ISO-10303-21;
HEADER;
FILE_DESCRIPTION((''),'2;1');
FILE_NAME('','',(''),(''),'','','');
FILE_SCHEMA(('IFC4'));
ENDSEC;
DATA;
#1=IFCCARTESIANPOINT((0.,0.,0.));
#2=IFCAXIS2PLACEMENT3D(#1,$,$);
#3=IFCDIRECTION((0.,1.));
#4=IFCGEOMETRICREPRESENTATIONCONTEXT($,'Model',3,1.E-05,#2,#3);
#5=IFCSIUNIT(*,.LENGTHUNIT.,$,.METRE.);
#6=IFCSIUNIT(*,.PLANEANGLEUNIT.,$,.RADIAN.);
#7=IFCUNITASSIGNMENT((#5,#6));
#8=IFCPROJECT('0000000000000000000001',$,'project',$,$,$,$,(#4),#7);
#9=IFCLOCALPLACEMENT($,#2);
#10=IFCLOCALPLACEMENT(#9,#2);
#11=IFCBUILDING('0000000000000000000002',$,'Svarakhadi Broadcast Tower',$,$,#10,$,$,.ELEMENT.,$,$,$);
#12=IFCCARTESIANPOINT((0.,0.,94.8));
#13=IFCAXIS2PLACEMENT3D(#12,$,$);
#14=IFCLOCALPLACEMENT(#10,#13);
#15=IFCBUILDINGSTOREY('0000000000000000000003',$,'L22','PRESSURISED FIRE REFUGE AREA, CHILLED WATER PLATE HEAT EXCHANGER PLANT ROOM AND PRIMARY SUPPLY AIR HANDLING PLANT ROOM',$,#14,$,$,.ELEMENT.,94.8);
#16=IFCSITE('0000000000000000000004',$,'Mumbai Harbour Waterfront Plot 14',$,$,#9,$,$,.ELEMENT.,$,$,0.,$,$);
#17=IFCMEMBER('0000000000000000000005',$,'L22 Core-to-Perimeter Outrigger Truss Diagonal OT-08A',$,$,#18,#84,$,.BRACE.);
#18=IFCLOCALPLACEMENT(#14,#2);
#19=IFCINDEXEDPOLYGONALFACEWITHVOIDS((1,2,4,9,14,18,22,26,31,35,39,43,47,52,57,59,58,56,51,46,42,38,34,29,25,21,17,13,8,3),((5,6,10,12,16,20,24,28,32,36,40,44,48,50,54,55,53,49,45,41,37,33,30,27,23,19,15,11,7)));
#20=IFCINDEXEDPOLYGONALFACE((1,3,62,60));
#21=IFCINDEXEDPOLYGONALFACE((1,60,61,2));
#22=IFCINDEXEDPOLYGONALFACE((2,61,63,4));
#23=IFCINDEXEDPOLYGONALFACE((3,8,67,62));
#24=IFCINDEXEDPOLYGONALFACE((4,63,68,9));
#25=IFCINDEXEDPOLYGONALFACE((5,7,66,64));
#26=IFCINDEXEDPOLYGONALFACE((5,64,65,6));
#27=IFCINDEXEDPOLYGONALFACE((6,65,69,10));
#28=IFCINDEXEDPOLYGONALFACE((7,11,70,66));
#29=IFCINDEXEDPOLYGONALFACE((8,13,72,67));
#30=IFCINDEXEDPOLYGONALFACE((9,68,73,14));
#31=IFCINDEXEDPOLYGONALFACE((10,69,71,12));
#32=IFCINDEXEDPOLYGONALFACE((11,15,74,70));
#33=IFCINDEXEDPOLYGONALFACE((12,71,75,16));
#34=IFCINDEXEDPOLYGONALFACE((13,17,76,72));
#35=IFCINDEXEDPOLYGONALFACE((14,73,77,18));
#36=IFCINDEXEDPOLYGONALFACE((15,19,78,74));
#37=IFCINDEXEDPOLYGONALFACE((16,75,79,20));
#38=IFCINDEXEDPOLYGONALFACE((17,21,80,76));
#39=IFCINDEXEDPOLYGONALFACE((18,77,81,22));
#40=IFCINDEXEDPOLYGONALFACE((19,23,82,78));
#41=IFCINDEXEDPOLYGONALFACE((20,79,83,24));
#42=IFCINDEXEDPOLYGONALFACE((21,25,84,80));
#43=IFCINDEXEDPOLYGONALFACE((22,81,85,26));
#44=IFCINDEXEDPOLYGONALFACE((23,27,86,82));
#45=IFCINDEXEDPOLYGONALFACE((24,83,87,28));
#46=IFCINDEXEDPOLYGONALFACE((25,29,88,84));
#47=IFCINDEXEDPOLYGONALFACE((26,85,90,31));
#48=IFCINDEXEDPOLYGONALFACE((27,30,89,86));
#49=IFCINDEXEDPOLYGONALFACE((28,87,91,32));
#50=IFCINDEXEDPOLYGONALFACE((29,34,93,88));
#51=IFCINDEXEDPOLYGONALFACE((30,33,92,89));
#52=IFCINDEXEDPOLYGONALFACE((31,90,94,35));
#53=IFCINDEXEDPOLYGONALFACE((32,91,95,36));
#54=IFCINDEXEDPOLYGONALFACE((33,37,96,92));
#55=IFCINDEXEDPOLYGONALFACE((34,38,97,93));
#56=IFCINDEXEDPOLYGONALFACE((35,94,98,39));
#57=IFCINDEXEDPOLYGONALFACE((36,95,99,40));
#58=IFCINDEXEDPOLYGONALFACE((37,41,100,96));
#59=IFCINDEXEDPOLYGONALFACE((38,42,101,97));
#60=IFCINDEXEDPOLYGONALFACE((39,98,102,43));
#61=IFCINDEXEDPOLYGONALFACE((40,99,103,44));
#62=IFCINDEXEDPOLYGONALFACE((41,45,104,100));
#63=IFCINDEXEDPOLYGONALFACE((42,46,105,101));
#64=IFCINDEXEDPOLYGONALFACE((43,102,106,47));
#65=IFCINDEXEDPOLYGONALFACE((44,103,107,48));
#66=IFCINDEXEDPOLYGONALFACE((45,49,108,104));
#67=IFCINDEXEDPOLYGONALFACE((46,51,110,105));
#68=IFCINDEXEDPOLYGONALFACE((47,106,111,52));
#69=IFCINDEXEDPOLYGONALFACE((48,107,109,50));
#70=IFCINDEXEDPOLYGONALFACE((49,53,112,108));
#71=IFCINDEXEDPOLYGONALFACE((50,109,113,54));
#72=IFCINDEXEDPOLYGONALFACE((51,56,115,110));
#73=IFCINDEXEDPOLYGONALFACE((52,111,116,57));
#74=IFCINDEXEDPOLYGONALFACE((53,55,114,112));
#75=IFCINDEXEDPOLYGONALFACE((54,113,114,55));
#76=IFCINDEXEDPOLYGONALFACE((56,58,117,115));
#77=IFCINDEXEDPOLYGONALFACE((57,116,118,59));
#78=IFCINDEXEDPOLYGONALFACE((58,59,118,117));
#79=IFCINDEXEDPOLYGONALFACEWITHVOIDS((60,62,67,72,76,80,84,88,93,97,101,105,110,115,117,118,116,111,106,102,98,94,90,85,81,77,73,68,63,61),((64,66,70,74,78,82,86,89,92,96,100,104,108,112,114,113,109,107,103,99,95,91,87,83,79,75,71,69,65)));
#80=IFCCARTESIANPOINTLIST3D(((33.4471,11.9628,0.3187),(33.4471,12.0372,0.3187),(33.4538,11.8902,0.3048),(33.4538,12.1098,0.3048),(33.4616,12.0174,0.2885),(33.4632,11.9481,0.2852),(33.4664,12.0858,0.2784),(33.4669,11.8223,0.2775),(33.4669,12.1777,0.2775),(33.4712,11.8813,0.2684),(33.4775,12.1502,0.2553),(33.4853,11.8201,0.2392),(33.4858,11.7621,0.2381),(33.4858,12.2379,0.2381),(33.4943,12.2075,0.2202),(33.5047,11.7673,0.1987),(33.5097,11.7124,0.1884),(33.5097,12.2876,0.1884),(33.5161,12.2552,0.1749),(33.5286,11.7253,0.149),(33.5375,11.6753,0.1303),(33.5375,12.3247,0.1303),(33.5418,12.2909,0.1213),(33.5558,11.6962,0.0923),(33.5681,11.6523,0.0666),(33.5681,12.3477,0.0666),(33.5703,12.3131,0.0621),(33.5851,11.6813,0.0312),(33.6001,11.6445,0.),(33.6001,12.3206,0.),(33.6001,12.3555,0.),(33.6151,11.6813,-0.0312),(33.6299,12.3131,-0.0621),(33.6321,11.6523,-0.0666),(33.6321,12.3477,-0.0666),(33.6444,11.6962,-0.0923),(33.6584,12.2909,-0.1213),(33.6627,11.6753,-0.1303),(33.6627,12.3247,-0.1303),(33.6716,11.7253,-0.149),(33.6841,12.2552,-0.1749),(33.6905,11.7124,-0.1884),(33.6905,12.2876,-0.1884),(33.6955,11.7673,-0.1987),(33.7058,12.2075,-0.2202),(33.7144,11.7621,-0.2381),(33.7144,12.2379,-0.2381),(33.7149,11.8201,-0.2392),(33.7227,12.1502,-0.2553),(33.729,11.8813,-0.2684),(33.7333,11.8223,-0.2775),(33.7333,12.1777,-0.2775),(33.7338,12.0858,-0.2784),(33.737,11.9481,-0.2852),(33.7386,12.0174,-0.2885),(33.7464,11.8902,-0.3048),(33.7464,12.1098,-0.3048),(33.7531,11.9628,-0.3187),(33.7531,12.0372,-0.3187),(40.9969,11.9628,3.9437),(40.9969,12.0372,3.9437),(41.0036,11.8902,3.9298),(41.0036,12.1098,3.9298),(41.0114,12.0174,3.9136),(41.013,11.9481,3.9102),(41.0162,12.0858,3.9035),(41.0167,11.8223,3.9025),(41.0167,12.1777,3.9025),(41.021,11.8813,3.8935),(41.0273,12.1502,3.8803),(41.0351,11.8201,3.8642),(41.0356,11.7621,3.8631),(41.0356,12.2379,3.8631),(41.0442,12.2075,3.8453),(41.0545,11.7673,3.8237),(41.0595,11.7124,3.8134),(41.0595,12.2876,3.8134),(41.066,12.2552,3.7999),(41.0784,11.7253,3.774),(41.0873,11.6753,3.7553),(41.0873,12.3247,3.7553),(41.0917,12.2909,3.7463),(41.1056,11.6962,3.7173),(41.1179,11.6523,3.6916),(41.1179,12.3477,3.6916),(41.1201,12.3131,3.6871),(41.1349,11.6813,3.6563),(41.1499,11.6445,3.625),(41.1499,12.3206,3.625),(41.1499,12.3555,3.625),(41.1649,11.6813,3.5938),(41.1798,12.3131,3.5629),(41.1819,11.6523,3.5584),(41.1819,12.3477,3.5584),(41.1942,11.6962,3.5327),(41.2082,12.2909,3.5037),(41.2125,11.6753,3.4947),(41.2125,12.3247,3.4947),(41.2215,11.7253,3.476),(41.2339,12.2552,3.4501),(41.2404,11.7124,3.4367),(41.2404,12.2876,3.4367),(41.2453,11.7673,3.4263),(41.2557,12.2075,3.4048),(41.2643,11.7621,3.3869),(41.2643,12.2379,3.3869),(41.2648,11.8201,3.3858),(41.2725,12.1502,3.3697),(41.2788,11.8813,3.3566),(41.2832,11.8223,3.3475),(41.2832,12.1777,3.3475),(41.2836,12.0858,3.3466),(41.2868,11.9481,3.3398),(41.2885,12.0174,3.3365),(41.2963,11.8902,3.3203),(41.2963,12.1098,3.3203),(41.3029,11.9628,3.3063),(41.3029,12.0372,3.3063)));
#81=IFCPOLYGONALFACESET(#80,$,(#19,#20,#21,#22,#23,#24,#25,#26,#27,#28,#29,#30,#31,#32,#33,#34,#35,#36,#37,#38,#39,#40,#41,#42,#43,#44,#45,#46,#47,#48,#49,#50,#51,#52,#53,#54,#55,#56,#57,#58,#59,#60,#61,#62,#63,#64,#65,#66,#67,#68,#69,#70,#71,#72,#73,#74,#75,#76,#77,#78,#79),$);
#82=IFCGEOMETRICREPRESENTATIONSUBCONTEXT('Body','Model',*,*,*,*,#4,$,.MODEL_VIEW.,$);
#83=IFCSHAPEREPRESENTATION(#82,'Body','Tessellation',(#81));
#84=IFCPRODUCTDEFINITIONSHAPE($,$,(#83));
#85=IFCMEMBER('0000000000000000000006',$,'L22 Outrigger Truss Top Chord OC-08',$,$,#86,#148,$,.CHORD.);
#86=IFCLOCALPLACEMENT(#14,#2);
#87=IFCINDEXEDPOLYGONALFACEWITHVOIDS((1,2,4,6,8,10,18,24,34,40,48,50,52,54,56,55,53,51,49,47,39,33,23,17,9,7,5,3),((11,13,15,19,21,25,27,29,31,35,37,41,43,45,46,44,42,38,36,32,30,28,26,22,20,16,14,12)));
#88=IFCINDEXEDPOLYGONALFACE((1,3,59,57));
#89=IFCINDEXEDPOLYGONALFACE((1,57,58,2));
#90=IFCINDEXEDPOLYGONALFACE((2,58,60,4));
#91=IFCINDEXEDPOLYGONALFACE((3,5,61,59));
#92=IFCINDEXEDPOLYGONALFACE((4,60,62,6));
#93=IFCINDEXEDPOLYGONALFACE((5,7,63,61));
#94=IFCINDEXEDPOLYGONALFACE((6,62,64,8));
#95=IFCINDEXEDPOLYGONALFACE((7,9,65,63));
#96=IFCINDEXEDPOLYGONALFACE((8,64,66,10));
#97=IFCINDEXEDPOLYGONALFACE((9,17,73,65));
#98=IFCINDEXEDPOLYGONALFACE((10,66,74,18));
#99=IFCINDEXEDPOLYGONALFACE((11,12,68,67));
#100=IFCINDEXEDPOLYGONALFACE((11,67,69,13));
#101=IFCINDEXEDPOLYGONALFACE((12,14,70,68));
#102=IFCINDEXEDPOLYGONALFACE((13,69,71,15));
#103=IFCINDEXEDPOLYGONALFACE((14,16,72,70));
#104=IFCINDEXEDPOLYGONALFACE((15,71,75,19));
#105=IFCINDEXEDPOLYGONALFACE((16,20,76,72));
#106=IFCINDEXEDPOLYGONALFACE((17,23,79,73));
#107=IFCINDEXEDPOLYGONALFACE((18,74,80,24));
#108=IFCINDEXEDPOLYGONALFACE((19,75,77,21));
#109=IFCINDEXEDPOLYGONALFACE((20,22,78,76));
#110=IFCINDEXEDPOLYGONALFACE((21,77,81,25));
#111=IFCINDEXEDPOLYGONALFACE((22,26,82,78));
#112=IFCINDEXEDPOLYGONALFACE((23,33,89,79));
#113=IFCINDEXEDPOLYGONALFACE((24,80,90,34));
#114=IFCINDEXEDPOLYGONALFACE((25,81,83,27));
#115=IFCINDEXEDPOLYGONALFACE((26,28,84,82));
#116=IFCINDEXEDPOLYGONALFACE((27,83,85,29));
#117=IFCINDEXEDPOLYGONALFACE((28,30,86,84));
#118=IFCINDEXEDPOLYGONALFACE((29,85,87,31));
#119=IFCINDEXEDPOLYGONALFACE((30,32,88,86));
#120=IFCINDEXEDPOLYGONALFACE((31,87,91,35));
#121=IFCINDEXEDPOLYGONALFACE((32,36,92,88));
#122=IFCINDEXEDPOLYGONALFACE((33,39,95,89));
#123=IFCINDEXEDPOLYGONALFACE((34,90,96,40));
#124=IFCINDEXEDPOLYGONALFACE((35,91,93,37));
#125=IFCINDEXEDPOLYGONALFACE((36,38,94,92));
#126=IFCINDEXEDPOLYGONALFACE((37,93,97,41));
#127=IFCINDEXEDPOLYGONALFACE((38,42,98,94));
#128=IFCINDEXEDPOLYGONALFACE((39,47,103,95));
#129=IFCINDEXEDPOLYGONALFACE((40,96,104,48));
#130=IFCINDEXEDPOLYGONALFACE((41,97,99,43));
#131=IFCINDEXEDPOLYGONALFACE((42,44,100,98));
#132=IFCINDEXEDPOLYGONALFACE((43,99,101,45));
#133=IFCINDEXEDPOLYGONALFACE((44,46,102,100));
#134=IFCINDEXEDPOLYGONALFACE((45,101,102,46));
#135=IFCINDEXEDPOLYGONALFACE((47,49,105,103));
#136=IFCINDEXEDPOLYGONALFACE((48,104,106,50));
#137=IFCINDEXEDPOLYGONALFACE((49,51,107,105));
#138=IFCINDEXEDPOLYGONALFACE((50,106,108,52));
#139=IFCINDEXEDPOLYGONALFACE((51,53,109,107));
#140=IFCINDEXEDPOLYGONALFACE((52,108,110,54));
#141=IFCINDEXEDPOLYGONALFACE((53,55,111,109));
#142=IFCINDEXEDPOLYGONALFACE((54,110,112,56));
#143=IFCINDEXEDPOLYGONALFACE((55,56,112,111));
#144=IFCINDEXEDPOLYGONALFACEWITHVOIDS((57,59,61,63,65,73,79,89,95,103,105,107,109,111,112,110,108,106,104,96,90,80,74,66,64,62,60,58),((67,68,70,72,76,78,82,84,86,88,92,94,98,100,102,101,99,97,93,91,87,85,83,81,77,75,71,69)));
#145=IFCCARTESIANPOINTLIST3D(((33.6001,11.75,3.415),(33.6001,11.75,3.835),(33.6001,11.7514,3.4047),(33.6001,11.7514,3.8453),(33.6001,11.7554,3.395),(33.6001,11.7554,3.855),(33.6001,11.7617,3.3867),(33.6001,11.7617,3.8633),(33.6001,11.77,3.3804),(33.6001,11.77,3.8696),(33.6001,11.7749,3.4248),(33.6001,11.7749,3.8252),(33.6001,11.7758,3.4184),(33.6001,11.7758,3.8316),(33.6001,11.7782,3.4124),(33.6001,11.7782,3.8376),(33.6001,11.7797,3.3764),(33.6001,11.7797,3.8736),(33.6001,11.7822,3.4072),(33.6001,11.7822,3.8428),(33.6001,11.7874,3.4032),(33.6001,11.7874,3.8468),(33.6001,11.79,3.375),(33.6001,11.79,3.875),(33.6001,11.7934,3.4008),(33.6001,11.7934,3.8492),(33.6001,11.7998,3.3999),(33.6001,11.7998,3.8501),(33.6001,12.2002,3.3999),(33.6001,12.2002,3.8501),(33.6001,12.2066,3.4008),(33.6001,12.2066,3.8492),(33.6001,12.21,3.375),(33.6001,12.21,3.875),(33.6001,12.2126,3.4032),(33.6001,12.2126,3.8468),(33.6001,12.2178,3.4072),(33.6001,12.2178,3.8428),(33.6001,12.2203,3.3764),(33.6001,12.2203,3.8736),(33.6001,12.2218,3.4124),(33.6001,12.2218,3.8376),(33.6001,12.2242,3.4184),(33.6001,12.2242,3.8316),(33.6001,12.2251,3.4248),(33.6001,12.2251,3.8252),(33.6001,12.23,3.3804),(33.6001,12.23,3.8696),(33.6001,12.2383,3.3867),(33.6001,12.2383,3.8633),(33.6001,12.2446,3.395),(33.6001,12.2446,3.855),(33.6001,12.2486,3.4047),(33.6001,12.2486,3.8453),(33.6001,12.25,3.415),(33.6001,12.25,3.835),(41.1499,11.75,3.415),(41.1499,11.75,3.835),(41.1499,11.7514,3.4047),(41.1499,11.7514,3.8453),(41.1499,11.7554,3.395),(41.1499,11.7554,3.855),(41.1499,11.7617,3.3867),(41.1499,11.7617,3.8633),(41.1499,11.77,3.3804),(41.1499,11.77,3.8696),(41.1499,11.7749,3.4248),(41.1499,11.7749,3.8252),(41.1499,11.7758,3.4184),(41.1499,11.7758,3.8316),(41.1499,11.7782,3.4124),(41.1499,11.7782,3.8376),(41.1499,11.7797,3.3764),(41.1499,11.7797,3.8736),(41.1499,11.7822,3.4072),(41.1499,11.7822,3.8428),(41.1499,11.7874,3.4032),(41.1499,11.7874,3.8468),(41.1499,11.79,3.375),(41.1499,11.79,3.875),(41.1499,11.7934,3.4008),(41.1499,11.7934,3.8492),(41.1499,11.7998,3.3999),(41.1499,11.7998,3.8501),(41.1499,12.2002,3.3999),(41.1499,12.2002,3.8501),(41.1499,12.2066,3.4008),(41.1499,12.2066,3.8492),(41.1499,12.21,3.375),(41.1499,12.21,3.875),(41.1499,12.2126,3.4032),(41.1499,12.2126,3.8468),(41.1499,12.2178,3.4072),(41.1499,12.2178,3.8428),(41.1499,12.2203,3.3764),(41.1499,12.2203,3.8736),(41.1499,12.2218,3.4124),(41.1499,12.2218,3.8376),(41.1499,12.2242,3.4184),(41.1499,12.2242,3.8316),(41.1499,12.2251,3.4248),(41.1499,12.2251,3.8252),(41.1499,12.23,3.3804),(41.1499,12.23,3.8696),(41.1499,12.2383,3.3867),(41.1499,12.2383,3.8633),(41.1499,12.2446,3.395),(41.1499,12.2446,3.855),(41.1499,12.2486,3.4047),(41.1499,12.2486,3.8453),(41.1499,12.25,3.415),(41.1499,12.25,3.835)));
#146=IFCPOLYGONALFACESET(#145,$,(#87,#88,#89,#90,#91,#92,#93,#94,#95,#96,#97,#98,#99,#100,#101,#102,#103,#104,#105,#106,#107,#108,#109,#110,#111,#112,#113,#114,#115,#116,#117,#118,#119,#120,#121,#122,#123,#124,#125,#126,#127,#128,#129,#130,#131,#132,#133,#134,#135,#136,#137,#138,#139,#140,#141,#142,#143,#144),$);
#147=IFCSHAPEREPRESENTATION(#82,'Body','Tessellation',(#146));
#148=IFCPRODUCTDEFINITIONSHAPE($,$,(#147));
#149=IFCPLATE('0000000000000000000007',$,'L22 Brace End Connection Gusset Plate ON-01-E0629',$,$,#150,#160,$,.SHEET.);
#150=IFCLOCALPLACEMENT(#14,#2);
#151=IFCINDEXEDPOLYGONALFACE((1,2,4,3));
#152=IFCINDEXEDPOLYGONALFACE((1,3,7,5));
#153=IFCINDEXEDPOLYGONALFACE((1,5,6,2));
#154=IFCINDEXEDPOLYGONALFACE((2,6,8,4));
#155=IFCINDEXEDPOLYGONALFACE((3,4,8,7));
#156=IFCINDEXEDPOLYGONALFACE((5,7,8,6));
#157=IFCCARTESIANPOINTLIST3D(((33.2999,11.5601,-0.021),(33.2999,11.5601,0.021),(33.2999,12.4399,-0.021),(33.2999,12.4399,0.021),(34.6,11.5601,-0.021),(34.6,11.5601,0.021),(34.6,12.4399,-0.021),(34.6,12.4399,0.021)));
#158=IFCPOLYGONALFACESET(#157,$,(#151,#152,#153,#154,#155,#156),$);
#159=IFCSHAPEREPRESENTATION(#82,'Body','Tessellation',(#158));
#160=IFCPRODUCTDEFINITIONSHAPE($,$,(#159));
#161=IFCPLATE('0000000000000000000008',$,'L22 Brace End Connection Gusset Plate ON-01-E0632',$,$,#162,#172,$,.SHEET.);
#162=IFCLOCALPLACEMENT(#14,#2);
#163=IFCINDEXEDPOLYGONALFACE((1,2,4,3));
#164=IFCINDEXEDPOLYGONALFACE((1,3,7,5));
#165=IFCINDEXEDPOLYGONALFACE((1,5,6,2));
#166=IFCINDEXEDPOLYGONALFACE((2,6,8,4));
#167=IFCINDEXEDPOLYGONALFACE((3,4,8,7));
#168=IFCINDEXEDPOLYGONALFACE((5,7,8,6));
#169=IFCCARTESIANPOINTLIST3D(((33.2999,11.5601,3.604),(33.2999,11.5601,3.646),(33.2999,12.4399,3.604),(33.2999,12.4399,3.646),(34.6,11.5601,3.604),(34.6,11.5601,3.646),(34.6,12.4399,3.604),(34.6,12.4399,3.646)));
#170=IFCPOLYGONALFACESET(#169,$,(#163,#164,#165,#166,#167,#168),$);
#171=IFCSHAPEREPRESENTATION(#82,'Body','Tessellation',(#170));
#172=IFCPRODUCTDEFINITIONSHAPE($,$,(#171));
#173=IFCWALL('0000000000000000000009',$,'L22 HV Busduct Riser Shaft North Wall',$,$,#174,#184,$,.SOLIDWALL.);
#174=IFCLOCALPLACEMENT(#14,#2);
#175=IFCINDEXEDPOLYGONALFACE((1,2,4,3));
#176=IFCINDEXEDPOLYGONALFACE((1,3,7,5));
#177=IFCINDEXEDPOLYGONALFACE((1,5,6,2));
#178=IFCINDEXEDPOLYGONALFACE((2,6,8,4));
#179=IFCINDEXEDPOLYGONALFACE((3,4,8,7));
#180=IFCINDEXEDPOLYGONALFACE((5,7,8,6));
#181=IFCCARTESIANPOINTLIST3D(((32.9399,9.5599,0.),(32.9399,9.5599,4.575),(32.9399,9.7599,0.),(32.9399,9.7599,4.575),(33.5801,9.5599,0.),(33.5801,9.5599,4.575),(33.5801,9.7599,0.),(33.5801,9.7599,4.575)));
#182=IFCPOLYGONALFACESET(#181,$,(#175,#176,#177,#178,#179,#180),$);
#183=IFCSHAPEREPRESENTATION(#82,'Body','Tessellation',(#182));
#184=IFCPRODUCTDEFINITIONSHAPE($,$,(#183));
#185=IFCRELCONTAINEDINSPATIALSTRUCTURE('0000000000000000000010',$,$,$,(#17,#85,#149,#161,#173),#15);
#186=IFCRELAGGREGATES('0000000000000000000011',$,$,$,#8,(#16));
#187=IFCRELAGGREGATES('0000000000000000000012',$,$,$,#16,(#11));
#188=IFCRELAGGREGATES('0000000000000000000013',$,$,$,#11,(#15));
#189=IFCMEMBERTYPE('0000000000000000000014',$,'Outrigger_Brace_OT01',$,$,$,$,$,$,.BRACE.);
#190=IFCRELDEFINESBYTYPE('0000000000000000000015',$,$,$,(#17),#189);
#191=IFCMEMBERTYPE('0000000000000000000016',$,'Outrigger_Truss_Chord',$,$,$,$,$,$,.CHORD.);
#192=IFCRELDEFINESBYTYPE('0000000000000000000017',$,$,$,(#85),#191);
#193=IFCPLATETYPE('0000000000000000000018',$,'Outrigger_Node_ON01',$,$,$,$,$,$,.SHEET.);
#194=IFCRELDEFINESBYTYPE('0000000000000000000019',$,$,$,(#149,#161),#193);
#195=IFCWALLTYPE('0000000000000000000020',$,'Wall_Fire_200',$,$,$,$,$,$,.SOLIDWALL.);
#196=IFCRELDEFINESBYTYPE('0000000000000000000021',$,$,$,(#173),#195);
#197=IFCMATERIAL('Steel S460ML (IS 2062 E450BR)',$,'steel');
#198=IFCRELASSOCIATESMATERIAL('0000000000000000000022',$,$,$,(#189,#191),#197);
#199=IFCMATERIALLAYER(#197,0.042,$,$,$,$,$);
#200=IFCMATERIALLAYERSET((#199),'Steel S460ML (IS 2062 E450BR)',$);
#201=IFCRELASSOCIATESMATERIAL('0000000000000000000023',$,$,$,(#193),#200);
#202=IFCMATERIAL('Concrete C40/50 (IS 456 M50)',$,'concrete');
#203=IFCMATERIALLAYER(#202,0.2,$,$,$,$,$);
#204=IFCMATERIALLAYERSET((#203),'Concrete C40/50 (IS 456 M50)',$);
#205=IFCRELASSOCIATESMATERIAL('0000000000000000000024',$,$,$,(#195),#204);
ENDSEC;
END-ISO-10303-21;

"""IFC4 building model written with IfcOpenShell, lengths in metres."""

from ifc_helpers import new_model, si_unit, direction, frame, frame_2d, origin, origin_2d, place, context, subcontext, project, spatial, rectangle, hollow_rectangle, hollow_circle, extrude, material, layer, layer_set, material_profile, profile_set, type_object, element, save


model = new_model("IFC4")

# Units and contexts
model_context = context("Model", 3, precision=1e-05, world=origin(), true_north=direction((0.0, 1.0)))
body_context = subcontext(model_context, "Body", "Model", "MODEL_VIEW")
ifc_project = project(units=[si_unit("LENGTHUNIT", "METRE"), si_unit("PLANEANGLEUNIT", "RADIAN")], contexts=[model_context])

# Site, building, storey
site_placement = place(None, origin())
site = spatial("IfcSite", under=ifc_project, at=site_placement, Name="Mumbai Harbour Waterfront Plot 14", CompositionType="ELEMENT", RefElevation=0.0)
building_placement = place(site_placement, origin())
building = spatial("IfcBuilding", under=site, at=building_placement, Name="Svarakhadi Broadcast Tower", CompositionType="ELEMENT")
storey_placement = place(building_placement, frame((0.0, 0.0, 94.8)))
storey = spatial("IfcBuildingStorey", under=building, at=storey_placement, Name="L22", Description="PRESSURISED FIRE REFUGE AREA, CHILLED WATER PLATE HEAT EXCHANGER PLANT ROOM AND PRIMARY SUPPLY AIR HANDLING PLANT ROOM", CompositionType="ELEMENT", Elevation=94.8)

# Members
ifc_material_1 = material(Name="Steel S460ML (IS 2062 E450BR)", Category="steel")
ifc_material_profile_1 = material_profile(ifc_material_1, hollow_circle(Radius=0.3555, WallThickness=0.0349, at=origin_2d()), Name="CHS 711x35")
ifc_profile_set_1 = profile_set([ifc_material_profile_1], Name="Steel S460ML (IS 2062 E450BR)")
member_type_1 = type_object("IfcMemberType", Name="Outrigger_Brace_OT01", PredefinedType="BRACE", material=ifc_profile_set_1)
member_1_placement = place(storey_placement, frame((33.6001, 12.0, 0.0), z_axis=(0.901472, 0.0, 0.432837), x_axis=(0.0, 1.0, 0.0)))
element("IfcMember", 1, at=member_1_placement, inside=storey, type_object=member_type_1, Name="L22 Core-to-Perimeter Outrigger Truss Diagonal OT-08A", PredefinedType="BRACE", context=body_context, shape_type="SweptSolid", body=[
    extrude(hollow_circle(Radius=0.3555, WallThickness=0.0349, at=origin_2d()), origin(), (0.0, 0.0, 1.0), 8.375),
])
ifc_material_profile_2 = material_profile(ifc_material_1, hollow_rectangle(XDim=0.5, YDim=0.5, WallThickness=0.0249, InnerFilletRadius=0.0249, OuterFilletRadius=0.04, at=origin_2d()), Name="SHS 500x500x25")
ifc_profile_set_2 = profile_set([ifc_material_profile_2], Name="Steel S460ML (IS 2062 E450BR)")
member_type_2 = type_object("IfcMemberType", Name="Outrigger_Truss_Chord", PredefinedType="CHORD", material=ifc_profile_set_2)
member_2_placement = place(storey_placement, frame((33.6001, 12.0, 3.625), z_axis=(1.0, 0.0, 0.0), x_axis=(0.0, 1.0, 0.0)))
element("IfcMember", 2, at=member_2_placement, inside=storey, type_object=member_type_2, Name="L22 Outrigger Truss Top Chord OC-08", PredefinedType="CHORD", context=body_context, shape_type="SweptSolid", body=[
    extrude(hollow_rectangle(XDim=0.5, YDim=0.5, WallThickness=0.0249, InnerFilletRadius=0.0249, OuterFilletRadius=0.04, at=origin_2d()), origin(), (0.0, 0.0, 1.0), 7.5498),
])

# Plates
ifc_layer_1 = layer(ifc_material_1, 0.042)
ifc_layer_set_1 = layer_set([ifc_layer_1], Name="Steel S460ML (IS 2062 E450BR)")
plate_type = type_object("IfcPlateType", Name="Outrigger_Node_ON01", PredefinedType="SHEET", material=ifc_layer_set_1)
for number, where, z_axis, x_axis, name in (
    (3, (33.95, 12.0, -0.021), (0.0, 0.0, 1.0), (1.0, 0.0, 0.0), "L22 Brace End Connection Gusset Plate ON-01-E0629"),
    (4, (33.95, 12.0, 3.604), (0.0, 0.0, 1.0), (1.0, 0.0, 0.0), "L22 Brace End Connection Gusset Plate ON-01-E0632"),
):
    element("IfcPlate", number, at=place(storey_placement, frame(where, z_axis=z_axis, x_axis=x_axis)), inside=storey, type_object=plate_type, Name=name, PredefinedType="SHEET", context=body_context, shape_type="SweptSolid", body=[
        extrude(rectangle(XDim=1.3, YDim=0.8799, at=origin_2d()), origin(), (0.0, 0.0, 1.0), 0.042),
    ])

# Wall
ifc_material_2 = material(Name="Concrete C40/50 (IS 456 M50)", Category="concrete")
ifc_layer_2 = layer(ifc_material_2, 0.2)
ifc_layer_set_2 = layer_set([ifc_layer_2], Name="Concrete C40/50 (IS 456 M50)")
wall_type_1 = type_object("IfcWallType", Name="Wall_Fire_200", PredefinedType="SOLIDWALL", material=ifc_layer_set_2)
wall_1_placement = place(storey_placement, frame((32.9399, 9.6599, 0.0), z_axis=(0.0, 0.0, 1.0), x_axis=(1.0, 0.0, 0.0)))
element("IfcWall", 5, at=wall_1_placement, inside=storey, type_object=wall_type_1, Name="L22 HV Busduct Riser Shaft North Wall", PredefinedType="SOLIDWALL", context=body_context, shape_type="SweptSolid", body=[
    extrude(rectangle(XDim=0.6401, YDim=0.2, at=frame_2d((0.3201, 0.0))), origin(), (0.0, 0.0, 1.0), 4.575),
])

save(model, "model.ifc")
